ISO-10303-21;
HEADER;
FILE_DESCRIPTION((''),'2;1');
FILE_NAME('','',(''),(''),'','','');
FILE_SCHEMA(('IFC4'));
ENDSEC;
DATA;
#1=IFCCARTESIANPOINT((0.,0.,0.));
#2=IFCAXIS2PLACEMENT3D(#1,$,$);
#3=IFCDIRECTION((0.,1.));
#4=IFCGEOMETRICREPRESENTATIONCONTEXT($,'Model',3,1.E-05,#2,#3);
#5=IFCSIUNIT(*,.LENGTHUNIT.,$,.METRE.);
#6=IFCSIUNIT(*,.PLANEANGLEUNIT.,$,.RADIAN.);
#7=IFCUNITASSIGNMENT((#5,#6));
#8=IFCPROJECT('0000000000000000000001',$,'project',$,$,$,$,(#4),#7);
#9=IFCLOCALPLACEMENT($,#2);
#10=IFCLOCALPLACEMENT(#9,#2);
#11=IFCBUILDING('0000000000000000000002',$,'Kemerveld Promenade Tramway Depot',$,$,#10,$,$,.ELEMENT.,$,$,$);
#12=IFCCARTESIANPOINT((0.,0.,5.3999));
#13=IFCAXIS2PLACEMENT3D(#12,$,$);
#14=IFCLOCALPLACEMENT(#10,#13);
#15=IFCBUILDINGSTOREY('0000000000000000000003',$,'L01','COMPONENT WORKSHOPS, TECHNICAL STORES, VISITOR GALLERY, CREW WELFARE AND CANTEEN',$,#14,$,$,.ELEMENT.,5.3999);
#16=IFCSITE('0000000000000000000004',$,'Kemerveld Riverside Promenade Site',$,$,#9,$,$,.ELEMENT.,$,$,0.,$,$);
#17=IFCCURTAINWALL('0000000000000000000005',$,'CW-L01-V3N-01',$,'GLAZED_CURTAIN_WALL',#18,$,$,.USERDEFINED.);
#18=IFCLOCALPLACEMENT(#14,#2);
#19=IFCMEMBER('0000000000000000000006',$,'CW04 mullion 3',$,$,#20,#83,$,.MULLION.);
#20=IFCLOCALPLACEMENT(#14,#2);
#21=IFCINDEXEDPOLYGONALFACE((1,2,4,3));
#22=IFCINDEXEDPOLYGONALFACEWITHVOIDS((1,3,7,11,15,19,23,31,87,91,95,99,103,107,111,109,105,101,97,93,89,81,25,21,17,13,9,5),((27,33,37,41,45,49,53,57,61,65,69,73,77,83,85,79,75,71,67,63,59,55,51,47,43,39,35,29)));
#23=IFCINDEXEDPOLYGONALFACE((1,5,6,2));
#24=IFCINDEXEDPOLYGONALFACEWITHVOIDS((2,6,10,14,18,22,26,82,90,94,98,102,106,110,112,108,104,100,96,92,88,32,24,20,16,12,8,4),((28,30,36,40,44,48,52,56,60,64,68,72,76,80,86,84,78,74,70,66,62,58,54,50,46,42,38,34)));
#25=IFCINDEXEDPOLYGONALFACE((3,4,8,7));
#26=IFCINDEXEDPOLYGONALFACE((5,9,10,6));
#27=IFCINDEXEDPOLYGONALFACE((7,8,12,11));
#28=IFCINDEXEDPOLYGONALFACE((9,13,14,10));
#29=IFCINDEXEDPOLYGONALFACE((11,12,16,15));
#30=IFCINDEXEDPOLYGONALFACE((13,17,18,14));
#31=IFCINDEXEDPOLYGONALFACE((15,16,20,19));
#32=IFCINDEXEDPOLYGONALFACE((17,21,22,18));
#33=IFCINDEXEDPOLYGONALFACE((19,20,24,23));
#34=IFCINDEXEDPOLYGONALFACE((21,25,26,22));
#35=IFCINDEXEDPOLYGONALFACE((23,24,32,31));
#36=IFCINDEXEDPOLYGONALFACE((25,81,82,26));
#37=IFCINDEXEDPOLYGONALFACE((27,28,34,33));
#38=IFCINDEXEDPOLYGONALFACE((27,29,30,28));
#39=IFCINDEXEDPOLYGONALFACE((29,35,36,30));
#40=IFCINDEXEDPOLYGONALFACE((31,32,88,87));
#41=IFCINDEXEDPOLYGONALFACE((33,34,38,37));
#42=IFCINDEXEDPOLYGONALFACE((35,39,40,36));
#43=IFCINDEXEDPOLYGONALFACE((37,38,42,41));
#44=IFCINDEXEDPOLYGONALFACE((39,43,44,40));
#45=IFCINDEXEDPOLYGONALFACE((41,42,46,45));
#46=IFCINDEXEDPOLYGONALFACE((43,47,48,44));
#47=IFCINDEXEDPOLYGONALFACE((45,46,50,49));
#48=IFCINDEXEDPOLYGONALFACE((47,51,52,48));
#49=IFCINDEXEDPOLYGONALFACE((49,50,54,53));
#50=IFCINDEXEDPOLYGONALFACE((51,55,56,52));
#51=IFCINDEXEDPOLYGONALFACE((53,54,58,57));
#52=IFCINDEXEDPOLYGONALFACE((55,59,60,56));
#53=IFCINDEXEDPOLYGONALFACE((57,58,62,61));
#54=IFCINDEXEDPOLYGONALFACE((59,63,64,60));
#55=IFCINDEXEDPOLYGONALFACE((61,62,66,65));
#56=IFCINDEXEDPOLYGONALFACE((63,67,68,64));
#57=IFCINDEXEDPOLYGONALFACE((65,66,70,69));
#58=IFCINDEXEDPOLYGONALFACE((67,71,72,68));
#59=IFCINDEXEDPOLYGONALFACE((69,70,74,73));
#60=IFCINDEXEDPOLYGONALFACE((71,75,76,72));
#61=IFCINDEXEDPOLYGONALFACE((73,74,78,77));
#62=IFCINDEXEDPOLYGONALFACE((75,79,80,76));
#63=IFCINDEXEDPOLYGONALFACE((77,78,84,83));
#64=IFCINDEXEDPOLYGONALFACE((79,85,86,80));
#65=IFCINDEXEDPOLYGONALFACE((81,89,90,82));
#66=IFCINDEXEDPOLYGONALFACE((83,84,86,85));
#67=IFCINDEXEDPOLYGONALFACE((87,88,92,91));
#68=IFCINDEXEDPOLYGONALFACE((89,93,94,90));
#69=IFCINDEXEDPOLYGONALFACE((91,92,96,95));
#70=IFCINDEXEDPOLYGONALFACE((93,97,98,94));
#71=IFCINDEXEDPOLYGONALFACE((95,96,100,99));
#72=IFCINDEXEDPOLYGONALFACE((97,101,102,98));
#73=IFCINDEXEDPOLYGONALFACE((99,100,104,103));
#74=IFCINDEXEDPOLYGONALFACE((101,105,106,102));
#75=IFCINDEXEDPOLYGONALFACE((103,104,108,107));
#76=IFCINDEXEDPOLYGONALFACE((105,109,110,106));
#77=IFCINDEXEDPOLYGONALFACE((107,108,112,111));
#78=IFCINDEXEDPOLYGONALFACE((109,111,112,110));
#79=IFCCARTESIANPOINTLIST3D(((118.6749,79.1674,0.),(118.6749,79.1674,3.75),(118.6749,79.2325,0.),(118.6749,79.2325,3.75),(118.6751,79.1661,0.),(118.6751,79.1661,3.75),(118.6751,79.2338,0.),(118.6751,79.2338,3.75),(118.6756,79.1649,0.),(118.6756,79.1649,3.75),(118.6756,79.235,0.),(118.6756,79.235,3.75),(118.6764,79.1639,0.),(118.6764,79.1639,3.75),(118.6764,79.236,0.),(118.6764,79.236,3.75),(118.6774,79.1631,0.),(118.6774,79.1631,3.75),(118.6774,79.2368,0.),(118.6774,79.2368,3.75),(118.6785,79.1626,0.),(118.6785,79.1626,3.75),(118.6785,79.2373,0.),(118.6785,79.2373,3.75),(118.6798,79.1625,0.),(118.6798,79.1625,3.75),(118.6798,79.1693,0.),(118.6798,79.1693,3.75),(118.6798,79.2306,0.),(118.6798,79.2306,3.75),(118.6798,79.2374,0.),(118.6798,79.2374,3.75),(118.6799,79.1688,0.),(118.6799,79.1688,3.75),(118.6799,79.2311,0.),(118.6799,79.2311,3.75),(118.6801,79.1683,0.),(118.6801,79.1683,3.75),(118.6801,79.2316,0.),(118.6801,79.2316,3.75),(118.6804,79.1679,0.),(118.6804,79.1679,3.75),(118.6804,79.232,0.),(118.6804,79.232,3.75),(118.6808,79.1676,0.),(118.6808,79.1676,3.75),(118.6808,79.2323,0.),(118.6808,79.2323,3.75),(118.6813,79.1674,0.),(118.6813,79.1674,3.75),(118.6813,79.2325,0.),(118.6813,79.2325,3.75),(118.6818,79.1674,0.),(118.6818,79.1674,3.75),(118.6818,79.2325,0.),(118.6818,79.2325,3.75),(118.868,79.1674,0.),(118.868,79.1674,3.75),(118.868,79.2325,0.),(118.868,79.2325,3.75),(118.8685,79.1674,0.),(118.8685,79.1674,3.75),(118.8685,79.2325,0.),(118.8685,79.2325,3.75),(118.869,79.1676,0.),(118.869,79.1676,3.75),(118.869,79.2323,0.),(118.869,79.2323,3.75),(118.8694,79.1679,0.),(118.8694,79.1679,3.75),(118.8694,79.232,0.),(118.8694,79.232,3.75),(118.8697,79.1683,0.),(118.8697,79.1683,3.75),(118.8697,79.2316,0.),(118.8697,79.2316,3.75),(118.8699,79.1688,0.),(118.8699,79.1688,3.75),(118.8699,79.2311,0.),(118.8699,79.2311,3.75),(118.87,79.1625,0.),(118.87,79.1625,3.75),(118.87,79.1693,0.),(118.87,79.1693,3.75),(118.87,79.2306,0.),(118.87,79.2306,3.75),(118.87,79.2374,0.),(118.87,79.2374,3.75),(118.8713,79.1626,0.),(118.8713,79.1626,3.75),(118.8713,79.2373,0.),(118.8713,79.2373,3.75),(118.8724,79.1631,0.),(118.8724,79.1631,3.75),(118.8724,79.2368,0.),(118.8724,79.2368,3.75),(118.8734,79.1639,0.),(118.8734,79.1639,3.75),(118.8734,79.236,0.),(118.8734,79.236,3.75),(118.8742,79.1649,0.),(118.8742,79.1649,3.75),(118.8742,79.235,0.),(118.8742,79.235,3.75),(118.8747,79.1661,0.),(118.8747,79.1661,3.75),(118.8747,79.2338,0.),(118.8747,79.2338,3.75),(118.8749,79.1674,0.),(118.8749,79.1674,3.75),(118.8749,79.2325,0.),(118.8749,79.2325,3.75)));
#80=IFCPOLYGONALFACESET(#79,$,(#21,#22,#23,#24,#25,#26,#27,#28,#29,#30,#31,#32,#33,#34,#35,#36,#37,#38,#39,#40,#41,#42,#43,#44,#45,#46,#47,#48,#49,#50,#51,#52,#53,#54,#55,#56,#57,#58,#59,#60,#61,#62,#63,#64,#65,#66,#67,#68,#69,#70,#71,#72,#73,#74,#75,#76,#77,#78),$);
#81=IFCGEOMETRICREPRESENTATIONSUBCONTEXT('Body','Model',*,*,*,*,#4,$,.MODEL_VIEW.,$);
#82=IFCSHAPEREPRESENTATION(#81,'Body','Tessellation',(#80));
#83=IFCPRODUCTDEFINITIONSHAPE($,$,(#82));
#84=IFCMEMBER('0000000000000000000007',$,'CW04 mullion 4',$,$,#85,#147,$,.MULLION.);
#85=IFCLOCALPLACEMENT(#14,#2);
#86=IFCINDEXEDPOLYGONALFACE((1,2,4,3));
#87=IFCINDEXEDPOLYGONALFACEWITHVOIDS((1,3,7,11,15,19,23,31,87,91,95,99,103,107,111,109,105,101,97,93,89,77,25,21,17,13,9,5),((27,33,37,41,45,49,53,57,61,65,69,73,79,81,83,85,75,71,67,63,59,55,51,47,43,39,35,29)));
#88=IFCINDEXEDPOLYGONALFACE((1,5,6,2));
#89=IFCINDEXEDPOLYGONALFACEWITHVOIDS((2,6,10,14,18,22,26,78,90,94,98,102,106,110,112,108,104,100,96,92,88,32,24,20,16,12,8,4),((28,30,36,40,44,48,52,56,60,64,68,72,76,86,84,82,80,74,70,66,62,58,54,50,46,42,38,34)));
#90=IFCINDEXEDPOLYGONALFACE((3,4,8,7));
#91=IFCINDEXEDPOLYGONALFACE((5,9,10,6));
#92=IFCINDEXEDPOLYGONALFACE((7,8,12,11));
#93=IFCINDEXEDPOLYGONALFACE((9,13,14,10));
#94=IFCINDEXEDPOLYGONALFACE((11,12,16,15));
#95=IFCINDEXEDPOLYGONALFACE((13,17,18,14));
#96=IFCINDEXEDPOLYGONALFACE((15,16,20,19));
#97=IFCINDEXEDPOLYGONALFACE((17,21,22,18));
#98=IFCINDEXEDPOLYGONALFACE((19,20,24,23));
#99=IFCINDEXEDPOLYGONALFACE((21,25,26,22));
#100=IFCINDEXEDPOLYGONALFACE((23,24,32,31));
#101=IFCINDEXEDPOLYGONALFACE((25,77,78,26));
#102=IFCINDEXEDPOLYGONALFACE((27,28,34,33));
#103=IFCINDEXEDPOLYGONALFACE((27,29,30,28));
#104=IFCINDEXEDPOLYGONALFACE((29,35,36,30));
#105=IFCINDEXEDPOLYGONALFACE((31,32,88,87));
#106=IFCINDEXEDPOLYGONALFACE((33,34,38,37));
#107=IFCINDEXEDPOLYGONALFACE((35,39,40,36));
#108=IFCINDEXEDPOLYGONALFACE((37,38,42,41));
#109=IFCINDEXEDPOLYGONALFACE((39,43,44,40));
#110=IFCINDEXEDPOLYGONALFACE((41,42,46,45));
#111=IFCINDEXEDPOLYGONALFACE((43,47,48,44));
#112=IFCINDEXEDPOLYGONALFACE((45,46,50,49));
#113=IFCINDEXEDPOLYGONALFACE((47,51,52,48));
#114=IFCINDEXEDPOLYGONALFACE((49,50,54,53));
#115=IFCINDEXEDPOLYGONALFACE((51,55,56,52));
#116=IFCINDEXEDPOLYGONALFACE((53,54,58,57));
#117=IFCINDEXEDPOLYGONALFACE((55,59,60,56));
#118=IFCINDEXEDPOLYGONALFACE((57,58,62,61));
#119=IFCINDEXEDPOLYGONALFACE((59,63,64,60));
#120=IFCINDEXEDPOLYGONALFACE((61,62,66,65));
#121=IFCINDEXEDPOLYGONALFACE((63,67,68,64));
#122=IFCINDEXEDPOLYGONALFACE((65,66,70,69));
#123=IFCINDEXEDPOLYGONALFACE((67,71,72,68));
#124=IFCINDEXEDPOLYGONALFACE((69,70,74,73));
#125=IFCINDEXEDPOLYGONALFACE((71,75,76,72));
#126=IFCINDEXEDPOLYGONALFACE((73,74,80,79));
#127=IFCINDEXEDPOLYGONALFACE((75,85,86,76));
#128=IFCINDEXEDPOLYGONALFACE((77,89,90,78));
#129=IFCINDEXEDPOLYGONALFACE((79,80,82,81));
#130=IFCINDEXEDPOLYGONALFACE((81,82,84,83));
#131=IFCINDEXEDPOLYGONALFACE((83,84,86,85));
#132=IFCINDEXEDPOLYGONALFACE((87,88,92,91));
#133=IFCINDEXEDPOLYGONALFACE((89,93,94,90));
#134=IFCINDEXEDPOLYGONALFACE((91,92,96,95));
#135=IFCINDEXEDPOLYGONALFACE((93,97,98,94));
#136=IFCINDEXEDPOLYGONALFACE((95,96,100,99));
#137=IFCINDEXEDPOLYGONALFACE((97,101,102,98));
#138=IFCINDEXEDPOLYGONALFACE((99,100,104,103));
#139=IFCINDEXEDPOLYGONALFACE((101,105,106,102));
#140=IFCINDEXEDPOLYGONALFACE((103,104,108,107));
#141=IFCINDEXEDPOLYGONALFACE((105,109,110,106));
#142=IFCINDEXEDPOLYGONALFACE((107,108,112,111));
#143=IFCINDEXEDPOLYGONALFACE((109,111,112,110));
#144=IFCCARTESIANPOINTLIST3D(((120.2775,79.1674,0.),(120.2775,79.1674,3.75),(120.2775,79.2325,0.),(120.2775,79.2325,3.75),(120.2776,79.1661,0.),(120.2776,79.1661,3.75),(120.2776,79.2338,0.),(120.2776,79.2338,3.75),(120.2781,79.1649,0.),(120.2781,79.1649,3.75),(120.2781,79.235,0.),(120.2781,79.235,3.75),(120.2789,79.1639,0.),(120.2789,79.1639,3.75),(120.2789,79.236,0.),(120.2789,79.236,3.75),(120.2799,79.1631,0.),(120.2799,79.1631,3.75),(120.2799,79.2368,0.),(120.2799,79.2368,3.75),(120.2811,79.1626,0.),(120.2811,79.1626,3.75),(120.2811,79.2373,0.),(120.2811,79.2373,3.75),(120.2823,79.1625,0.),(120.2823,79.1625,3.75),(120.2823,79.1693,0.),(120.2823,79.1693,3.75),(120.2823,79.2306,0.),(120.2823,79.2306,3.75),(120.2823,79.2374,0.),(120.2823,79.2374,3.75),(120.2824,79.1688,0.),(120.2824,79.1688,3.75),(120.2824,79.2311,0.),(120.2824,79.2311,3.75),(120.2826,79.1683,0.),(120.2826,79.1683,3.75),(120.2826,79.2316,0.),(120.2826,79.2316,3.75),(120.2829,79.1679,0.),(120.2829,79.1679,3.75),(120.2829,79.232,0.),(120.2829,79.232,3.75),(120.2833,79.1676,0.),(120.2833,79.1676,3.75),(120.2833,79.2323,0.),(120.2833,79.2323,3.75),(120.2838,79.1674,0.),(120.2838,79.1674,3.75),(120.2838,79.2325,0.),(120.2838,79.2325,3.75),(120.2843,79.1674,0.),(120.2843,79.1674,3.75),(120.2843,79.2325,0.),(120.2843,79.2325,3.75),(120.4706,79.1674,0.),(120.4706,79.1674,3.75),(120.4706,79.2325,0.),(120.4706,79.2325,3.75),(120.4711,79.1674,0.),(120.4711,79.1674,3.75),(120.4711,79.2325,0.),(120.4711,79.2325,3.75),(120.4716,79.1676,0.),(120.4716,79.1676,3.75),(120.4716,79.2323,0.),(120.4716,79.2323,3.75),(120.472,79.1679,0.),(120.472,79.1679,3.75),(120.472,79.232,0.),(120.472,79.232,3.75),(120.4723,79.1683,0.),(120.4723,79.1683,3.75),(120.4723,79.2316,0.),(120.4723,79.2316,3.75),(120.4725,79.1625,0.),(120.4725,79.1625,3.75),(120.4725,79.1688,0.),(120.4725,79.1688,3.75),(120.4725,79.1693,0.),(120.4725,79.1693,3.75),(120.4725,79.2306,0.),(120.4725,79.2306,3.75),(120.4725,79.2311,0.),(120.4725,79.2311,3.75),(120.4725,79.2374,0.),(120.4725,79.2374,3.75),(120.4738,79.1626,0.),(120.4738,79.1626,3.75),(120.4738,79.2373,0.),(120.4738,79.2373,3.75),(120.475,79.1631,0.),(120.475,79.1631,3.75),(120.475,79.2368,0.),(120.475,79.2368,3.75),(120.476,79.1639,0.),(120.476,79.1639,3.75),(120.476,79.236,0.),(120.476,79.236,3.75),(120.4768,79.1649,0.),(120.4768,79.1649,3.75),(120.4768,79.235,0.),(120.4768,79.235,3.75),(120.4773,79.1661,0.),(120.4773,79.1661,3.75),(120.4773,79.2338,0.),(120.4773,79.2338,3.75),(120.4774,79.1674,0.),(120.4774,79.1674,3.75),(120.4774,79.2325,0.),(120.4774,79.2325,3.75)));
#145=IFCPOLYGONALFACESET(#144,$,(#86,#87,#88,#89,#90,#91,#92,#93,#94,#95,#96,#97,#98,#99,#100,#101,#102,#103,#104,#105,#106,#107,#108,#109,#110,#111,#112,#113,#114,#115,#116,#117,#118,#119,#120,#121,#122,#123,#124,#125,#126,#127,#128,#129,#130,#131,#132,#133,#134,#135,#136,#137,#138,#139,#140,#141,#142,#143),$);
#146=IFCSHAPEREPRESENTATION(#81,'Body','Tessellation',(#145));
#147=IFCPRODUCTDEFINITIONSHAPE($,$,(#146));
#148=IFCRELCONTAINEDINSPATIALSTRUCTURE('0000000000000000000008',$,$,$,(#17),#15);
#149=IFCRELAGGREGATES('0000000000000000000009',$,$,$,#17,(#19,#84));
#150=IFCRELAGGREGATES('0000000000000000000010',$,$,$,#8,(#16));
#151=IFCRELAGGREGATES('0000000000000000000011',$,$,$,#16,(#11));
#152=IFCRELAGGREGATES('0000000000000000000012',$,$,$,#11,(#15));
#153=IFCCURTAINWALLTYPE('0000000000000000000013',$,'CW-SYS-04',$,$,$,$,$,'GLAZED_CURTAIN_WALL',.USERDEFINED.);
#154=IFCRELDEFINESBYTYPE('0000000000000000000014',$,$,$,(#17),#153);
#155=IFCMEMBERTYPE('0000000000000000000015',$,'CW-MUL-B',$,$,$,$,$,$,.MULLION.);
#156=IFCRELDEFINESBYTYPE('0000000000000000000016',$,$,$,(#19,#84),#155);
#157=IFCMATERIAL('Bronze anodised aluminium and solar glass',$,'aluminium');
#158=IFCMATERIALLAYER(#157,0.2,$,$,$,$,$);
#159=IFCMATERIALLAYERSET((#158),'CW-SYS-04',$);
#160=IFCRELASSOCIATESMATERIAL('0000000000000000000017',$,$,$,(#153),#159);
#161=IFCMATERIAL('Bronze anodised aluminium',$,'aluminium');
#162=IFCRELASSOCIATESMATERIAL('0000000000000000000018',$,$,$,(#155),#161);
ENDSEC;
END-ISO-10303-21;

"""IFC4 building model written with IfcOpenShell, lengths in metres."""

from ifc_helpers import new_model, si_unit, direction, frame, origin, origin_2d, place, context, subcontext, project, spatial, hollow_rectangle, extrude, material, layer, layer_set, material_profile, profile_set, type_object, element, aggregate, save


model = new_model("IFC4")

# Units and contexts
model_context = context("Model", 3, precision=1e-05, world=origin(), true_north=direction((0.0, 1.0)))
body_context = subcontext(model_context, "Body", "Model", "MODEL_VIEW")
ifc_project = project(units=[si_unit("LENGTHUNIT", "METRE"), si_unit("PLANEANGLEUNIT", "RADIAN")], contexts=[model_context])

# Site, building, storey
site_placement = place(None, origin())
site = spatial("IfcSite", under=ifc_project, at=site_placement, Name="Kemerveld Riverside Promenade Site", CompositionType="ELEMENT", RefElevation=0.0)
building_placement = place(site_placement, origin())
building = spatial("IfcBuilding", under=site, at=building_placement, Name="Kemerveld Promenade Tramway Depot", CompositionType="ELEMENT")
storey_placement = place(building_placement, frame((0.0, 0.0, 5.3999)))
storey = spatial("IfcBuildingStorey", under=building, at=storey_placement, Name="L01", Description="COMPONENT WORKSHOPS, TECHNICAL STORES, VISITOR GALLERY, CREW WELFARE AND CANTEEN", CompositionType="ELEMENT", Elevation=5.3999)

# Curtain wall, members
ifc_material_1 = material(Name="Bronze anodised aluminium and solar glass", Category="aluminium")
ifc_layer_1 = layer(ifc_material_1, 0.2)
ifc_layer_set_1 = layer_set([ifc_layer_1], Name="CW-SYS-04")
curtain_wall_type = type_object("IfcCurtainWallType", Name="CW-SYS-04", ElementType="GLAZED_CURTAIN_WALL", PredefinedType="USERDEFINED", material=ifc_layer_set_1)
curtain_wall_placement = place(storey_placement, origin())
curtain_wall = element("IfcCurtainWall", 1, at=curtain_wall_placement, inside=storey, type_object=curtain_wall_type, Name="CW-L01-V3N-01", ObjectType="GLAZED_CURTAIN_WALL", PredefinedType="USERDEFINED")
ifc_material_2 = material(Name="Bronze anodised aluminium", Category="aluminium")
ifc_material_profile_1 = material_profile(ifc_material_2, hollow_rectangle(XDim=0.075, YDim=0.2, WallThickness=0.0049, InnerFilletRadius=0.002, OuterFilletRadius=0.0049, at=origin_2d()), Name="CW-MUL-200x75")
ifc_profile_set_1 = profile_set([ifc_material_profile_1], Name="Bronze anodised aluminium")
member_type_1 = type_object("IfcMemberType", Name="CW-MUL-B", PredefinedType="MULLION", material=ifc_profile_set_1)
member_1_placement = place(storey_placement, frame((118.7749, 79.2, 0.0), z_axis=(0.0, 0.0, 1.0), x_axis=(0.0, 1.0, 0.0)))
member_1 = element("IfcMember", 2, at=member_1_placement, type_object=member_type_1, Name="CW04 mullion 3", PredefinedType="MULLION", context=body_context, shape_type="SweptSolid", body=[
    extrude(hollow_rectangle(XDim=0.075, YDim=0.2, WallThickness=0.0049, InnerFilletRadius=0.002, OuterFilletRadius=0.0049, at=origin_2d()), origin(), (0.0, 0.0, 1.0), 3.75),
])
member_2_placement = place(storey_placement, frame((120.3774, 79.2, 0.0), z_axis=(0.0, 0.0, 1.0), x_axis=(0.0, 1.0, 0.0)))
member_2 = element("IfcMember", 3, at=member_2_placement, type_object=member_type_1, Name="CW04 mullion 4", PredefinedType="MULLION", context=body_context, shape_type="SweptSolid", body=[
    extrude(hollow_rectangle(XDim=0.075, YDim=0.2, WallThickness=0.0049, InnerFilletRadius=0.002, OuterFilletRadius=0.0049, at=origin_2d()), origin(), (0.0, 0.0, 1.0), 3.75),
])
aggregate(curtain_wall, [member_1, member_2])

save(model, "model.ifc")
